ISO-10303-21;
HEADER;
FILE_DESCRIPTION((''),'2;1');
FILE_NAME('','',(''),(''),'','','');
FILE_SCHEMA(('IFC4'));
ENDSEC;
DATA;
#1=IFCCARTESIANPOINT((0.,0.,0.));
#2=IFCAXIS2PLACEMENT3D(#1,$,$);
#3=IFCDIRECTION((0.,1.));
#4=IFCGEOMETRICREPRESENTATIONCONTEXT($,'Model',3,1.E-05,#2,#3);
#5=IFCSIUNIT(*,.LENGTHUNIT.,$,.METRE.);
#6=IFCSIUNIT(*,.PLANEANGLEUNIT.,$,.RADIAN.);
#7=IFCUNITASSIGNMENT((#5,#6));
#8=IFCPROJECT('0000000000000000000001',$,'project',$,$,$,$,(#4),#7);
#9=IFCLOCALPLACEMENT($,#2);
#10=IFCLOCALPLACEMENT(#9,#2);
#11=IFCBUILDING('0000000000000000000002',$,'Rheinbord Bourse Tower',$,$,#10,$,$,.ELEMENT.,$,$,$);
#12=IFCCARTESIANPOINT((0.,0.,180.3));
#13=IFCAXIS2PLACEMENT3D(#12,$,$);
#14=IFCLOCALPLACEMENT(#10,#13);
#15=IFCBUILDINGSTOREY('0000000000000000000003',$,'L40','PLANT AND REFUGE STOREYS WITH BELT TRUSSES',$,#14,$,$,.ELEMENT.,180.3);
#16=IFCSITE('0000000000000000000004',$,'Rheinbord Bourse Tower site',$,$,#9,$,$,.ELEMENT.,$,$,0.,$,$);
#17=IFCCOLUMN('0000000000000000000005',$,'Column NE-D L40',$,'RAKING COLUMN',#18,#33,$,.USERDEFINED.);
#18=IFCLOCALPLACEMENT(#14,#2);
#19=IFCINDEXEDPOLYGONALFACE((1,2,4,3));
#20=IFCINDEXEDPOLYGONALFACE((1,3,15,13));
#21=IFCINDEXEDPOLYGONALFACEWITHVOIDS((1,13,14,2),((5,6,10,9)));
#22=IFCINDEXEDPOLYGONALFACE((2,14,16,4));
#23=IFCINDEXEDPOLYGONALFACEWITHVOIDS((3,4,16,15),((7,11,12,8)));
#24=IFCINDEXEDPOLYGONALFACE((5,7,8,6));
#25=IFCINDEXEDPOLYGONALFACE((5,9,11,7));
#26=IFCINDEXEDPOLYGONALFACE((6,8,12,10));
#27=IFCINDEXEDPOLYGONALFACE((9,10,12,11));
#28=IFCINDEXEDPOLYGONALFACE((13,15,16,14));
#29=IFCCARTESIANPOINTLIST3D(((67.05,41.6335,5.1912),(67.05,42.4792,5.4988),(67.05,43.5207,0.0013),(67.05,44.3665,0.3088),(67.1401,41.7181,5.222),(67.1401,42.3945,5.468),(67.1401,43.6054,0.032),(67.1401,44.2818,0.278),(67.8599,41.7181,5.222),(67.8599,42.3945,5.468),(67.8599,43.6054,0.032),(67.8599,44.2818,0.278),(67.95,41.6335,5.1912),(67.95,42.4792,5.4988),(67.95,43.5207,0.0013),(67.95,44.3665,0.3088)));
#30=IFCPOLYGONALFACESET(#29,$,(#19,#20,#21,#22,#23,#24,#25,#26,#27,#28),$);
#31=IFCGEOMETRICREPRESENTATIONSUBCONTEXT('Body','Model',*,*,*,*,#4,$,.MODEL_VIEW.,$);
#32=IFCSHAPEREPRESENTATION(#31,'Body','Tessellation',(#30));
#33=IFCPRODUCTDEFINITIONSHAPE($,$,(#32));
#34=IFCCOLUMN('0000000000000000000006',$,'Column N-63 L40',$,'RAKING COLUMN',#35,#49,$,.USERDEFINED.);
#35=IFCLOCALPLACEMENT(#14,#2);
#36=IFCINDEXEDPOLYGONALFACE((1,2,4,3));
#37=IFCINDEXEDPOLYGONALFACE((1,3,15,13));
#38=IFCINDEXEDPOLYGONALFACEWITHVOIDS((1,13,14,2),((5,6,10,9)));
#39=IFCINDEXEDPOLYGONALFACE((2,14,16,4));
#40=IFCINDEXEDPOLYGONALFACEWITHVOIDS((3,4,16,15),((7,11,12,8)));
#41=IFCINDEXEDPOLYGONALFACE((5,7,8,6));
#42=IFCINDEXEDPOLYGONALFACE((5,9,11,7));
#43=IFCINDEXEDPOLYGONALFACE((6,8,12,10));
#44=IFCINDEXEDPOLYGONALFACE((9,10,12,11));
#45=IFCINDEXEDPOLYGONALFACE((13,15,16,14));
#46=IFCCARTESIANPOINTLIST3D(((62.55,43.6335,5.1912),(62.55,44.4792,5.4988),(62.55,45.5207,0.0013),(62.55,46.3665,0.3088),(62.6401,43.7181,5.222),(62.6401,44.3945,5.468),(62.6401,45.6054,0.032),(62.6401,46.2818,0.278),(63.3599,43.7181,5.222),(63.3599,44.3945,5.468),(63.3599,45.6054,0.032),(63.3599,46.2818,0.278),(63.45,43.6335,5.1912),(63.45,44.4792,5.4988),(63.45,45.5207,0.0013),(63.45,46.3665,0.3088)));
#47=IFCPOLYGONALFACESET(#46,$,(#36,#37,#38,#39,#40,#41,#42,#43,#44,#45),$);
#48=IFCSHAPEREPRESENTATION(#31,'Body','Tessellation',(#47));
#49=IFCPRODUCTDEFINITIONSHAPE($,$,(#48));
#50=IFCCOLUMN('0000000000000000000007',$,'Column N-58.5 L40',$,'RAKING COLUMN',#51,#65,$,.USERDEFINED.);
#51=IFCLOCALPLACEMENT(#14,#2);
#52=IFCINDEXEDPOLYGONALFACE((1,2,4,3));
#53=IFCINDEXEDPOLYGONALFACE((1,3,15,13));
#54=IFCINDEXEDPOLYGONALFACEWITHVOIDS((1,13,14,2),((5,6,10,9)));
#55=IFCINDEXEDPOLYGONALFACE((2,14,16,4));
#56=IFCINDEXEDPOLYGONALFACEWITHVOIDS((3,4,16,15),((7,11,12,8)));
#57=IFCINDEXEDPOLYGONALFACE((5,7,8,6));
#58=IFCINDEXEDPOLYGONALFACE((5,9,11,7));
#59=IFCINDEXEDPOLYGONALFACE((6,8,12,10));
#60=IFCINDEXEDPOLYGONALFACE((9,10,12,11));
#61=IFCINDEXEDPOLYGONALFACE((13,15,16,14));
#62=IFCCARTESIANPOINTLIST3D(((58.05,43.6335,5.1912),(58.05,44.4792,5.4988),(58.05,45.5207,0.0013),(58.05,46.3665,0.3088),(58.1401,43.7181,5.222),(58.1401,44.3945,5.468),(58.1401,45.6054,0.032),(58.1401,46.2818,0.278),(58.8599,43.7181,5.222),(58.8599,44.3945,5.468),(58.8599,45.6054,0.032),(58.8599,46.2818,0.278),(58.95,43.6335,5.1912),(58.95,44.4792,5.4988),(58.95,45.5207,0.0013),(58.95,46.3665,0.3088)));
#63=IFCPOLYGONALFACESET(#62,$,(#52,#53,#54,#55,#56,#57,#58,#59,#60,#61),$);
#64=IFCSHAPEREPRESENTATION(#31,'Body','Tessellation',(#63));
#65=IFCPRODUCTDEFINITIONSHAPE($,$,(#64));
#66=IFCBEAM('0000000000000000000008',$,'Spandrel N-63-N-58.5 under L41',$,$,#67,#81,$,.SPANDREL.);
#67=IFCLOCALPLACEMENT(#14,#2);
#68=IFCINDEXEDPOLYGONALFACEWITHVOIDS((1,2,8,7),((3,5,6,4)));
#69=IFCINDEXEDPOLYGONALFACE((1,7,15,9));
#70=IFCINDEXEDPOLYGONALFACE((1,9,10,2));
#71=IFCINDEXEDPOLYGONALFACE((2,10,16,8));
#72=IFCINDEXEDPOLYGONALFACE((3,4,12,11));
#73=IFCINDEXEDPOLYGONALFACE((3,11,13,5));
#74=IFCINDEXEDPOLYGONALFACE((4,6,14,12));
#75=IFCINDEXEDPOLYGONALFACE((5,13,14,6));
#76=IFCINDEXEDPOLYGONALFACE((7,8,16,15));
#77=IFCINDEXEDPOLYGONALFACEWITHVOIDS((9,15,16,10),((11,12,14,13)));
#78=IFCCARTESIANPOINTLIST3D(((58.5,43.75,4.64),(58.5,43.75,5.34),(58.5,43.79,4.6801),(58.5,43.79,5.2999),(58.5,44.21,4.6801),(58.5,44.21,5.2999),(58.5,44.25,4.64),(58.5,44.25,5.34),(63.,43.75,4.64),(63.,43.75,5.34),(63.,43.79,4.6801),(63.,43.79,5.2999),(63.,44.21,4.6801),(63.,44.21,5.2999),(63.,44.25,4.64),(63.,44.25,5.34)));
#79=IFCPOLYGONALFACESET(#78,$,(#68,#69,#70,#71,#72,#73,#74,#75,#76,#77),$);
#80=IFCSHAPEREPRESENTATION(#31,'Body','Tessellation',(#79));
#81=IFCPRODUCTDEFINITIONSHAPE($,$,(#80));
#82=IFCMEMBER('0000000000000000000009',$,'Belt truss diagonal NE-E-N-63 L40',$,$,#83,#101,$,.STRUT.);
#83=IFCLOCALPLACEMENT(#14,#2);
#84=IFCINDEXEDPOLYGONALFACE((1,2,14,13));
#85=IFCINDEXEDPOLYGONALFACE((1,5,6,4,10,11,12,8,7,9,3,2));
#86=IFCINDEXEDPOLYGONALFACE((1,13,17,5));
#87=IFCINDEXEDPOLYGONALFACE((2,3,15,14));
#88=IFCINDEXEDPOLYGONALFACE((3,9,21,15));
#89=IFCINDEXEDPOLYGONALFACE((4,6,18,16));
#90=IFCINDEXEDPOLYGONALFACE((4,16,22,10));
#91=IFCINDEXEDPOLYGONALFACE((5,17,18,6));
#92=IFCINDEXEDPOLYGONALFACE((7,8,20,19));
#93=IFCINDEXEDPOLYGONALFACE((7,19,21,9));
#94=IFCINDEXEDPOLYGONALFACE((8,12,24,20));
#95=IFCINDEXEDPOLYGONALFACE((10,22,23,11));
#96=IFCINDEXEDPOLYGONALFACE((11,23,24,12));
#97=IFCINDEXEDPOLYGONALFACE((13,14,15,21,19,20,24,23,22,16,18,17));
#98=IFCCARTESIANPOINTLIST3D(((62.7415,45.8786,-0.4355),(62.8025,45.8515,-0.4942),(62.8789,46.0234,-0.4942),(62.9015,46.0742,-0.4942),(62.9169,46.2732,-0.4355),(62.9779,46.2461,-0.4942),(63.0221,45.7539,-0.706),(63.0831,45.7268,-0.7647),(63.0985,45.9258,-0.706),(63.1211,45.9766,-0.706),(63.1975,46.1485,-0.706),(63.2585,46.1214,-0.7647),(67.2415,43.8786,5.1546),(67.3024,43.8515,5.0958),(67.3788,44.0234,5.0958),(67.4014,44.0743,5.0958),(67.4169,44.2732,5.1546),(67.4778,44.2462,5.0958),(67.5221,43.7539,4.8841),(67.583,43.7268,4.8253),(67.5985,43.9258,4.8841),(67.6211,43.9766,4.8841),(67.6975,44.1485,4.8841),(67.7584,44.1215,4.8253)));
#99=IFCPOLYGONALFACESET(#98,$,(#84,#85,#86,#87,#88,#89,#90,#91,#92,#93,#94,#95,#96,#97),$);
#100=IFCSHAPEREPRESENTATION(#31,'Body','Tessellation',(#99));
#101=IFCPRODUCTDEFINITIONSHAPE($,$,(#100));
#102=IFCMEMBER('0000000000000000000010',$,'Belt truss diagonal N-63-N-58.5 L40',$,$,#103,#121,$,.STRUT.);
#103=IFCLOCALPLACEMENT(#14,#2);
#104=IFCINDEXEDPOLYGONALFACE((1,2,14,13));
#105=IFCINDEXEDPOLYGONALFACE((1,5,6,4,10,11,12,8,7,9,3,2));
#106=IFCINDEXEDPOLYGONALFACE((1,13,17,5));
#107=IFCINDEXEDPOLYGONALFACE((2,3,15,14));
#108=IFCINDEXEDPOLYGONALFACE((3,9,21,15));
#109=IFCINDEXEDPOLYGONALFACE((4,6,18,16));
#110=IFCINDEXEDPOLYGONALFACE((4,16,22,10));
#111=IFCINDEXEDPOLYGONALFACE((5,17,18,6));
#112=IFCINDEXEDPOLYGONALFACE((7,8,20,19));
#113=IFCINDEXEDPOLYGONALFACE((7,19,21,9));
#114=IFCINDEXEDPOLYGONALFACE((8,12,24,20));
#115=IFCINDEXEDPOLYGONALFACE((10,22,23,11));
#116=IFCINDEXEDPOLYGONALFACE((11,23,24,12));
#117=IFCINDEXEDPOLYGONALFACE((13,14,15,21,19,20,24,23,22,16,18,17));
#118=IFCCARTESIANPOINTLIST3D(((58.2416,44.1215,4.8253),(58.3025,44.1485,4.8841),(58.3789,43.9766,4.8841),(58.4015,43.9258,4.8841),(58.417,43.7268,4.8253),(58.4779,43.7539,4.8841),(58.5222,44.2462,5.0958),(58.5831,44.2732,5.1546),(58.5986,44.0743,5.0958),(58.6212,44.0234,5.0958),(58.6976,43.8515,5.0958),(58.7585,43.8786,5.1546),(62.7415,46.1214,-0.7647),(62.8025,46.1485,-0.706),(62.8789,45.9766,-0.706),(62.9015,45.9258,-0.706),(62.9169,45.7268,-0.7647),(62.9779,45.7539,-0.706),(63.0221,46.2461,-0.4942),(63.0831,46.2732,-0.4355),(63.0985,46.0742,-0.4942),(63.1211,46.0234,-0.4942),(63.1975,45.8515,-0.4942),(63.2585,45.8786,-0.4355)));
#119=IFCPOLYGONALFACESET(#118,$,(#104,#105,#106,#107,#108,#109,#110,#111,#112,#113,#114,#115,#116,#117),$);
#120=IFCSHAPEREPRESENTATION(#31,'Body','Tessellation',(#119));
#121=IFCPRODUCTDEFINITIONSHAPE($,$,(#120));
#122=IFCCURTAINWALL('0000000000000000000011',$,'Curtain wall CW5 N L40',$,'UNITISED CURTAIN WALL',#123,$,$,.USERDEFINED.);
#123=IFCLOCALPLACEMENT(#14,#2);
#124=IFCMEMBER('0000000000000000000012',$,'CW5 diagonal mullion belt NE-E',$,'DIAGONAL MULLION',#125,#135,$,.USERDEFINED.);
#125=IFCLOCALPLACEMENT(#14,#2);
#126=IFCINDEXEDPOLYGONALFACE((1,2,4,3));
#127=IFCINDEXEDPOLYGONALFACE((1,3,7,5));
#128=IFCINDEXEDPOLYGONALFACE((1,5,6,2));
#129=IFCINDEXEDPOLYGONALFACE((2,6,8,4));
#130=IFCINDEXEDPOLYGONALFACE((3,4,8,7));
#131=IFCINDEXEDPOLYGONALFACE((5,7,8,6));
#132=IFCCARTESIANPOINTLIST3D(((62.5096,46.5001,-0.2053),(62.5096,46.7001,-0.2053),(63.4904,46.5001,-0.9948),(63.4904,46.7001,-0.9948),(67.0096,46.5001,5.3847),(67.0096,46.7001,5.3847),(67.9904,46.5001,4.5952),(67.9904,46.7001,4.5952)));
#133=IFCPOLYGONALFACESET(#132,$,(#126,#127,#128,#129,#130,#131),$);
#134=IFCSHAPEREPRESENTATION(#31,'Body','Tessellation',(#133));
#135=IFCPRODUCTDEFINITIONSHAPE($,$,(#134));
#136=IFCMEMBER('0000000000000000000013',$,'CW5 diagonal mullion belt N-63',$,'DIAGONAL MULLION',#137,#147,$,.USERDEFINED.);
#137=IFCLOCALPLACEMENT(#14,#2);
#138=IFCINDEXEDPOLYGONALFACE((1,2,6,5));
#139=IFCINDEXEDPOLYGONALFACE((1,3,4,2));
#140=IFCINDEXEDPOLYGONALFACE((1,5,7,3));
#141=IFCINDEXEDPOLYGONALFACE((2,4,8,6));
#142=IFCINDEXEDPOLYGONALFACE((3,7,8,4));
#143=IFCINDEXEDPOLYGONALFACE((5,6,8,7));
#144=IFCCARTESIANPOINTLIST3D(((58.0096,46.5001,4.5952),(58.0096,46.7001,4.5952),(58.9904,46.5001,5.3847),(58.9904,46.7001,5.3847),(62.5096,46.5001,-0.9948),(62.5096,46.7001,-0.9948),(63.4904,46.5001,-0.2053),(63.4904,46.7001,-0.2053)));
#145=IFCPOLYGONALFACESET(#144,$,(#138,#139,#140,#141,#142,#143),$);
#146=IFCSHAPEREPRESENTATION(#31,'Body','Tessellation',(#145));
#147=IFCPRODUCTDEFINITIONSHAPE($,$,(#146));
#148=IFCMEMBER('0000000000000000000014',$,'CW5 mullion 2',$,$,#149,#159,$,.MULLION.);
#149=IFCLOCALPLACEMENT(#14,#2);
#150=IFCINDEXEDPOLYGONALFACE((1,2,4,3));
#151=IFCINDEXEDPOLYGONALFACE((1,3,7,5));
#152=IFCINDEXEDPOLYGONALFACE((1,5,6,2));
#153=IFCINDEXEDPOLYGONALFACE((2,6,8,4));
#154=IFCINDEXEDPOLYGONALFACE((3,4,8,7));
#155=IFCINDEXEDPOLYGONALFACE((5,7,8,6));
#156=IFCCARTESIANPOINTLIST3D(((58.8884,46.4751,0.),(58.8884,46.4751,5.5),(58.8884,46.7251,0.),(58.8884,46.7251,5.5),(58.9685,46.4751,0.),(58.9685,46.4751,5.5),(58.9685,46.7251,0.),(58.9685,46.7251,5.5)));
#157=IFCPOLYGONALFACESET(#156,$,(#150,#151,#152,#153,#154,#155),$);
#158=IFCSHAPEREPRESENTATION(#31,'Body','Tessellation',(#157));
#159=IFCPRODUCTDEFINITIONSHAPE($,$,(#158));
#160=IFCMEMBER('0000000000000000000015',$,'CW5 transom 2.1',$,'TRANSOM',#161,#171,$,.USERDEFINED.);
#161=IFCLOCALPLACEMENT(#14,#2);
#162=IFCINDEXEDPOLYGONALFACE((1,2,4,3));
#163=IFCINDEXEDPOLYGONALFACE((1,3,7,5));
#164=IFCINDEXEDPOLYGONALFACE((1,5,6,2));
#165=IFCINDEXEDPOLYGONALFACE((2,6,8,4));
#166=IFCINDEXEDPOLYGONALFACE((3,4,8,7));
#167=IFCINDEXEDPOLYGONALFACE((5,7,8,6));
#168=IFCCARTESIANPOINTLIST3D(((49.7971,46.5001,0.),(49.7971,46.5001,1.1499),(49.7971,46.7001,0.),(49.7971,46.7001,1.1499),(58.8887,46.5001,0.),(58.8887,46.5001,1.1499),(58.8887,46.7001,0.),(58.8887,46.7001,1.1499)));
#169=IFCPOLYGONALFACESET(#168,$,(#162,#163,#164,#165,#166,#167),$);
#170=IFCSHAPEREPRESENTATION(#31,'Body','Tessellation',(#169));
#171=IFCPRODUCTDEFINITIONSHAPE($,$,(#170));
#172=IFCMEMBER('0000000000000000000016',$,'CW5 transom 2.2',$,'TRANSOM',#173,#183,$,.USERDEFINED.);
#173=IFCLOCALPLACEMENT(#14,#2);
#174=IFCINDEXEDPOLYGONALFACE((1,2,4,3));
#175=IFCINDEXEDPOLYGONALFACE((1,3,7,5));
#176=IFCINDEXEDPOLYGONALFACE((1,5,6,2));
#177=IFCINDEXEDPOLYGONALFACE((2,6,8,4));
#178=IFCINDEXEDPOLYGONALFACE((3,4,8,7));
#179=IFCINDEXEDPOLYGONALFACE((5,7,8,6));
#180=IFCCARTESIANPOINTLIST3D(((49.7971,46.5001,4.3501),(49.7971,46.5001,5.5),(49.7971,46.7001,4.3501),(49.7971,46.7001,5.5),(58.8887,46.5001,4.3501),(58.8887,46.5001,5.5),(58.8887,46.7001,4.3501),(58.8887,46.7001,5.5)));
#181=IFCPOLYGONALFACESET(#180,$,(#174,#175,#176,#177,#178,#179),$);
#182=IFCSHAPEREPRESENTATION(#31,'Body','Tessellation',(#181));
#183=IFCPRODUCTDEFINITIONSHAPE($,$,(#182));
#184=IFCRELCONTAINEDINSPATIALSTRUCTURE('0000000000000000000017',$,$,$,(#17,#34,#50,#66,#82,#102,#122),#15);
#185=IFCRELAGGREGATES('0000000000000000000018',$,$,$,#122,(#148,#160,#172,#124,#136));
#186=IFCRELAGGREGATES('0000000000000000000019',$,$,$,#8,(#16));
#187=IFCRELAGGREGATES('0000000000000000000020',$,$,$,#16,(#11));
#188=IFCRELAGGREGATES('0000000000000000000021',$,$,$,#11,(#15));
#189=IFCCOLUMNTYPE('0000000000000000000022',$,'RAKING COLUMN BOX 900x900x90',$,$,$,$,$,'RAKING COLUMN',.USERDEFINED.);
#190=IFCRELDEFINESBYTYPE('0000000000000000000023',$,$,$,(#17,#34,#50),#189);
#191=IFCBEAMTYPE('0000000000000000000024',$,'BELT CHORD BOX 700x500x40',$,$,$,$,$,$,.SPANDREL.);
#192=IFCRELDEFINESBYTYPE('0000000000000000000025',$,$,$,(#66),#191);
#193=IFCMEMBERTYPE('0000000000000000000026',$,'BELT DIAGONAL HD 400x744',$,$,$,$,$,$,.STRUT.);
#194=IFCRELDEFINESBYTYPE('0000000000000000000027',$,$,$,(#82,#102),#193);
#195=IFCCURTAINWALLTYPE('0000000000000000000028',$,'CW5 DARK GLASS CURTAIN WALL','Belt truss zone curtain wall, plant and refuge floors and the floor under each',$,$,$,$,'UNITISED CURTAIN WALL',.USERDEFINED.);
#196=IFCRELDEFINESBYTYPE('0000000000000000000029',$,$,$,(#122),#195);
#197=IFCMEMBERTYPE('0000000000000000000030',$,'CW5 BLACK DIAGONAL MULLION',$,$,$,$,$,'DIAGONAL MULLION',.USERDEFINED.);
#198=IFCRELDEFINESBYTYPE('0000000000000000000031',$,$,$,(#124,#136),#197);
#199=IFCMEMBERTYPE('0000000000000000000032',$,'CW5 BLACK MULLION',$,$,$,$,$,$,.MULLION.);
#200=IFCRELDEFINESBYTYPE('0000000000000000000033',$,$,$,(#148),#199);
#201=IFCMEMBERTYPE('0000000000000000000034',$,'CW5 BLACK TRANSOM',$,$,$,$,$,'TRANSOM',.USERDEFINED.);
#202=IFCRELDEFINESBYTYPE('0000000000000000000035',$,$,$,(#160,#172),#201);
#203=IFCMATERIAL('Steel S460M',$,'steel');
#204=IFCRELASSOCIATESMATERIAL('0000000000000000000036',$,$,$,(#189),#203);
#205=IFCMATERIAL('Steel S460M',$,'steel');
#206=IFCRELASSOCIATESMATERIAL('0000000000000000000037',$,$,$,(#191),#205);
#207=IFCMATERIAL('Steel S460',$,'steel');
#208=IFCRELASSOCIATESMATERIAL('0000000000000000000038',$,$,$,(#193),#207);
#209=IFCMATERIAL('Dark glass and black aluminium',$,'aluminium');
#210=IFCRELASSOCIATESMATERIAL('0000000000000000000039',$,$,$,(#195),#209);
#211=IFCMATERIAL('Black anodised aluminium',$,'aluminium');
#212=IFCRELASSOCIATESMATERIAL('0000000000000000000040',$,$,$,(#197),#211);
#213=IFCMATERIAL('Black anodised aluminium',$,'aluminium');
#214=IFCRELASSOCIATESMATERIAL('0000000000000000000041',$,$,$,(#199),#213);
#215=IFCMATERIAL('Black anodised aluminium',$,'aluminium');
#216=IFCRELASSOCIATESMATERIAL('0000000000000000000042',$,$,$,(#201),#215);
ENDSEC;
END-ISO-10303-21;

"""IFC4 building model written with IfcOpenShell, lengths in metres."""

from ifc_helpers import new_model, si_unit, direction, frame, origin, origin_2d, place, context, subcontext, project, spatial, rectangle, hollow_rectangle, i_section, extrude, material, material_profile, profile_set, type_object, element, aggregate, save


model = new_model("IFC4")

# Units and contexts
model_context = context("Model", 3, precision=1e-05, world=origin(), true_north=direction((0.0, 1.0)))
body_context = subcontext(model_context, "Body", "Model", "MODEL_VIEW")
ifc_project = project(units=[si_unit("LENGTHUNIT", "METRE"), si_unit("PLANEANGLEUNIT", "RADIAN")], contexts=[model_context])

# Site, building, storey
site_placement = place(None, origin())
site = spatial("IfcSite", under=ifc_project, at=site_placement, Name="Rheinbord Bourse Tower site", CompositionType="ELEMENT", RefElevation=0.0)
building_placement = place(site_placement, origin())
building = spatial("IfcBuilding", under=site, at=building_placement, Name="Rheinbord Bourse Tower", CompositionType="ELEMENT")
storey_placement = place(building_placement, frame((0.0, 0.0, 180.3)))
storey = spatial("IfcBuildingStorey", under=building, at=storey_placement, Name="L40", Description="PLANT AND REFUGE STOREYS WITH BELT TRUSSES", CompositionType="ELEMENT", Elevation=180.3)

# Columns
ifc_material_1 = material(Name="Steel S460M", Category="steel")
ifc_material_profile_1 = material_profile(ifc_material_1, hollow_rectangle(XDim=0.8999, YDim=0.8999, WallThickness=0.0901, at=origin_2d()), Name="BOX 900x900x90")
ifc_profile_set_1 = profile_set([ifc_material_profile_1], Name="Steel S460M")
column_type = type_object("IfcColumnType", Name="RAKING COLUMN BOX 900x900x90", ElementType="RAKING COLUMN", PredefinedType="USERDEFINED", material=ifc_profile_set_1)
for number, where, z_axis, x_axis, name in (
    (1, (67.5, 43.9436, 0.155), (0.0, -0.341743, 0.939793), (0.0, 0.939793, 0.341743), "Column NE-D L40"),
    (2, (63.0, 45.9436, 0.155), (0.0, -0.341743, 0.939793), (0.0, 0.939793, 0.341743), "Column N-63 L40"),
    (3, (58.5, 45.9436, 0.155), (0.0, -0.341743, 0.939793), (0.0, 0.939793, 0.341743), "Column N-58.5 L40"),
):
    element("IfcColumn", number, at=place(storey_placement, frame(where, z_axis=z_axis, x_axis=x_axis)), inside=storey, type_object=column_type, Name=name, ObjectType="RAKING COLUMN", PredefinedType="USERDEFINED", context=body_context, shape_type="SweptSolid", body=[
        extrude(hollow_rectangle(XDim=0.8999, YDim=0.8999, WallThickness=0.0901, at=origin_2d()), origin(), (0.0, 0.0, 1.0), 5.5225),
    ])

# Beam
ifc_material_2 = material(Name="Steel S460M", Category="steel")
ifc_material_profile_2 = material_profile(ifc_material_2, hollow_rectangle(XDim=0.5, YDim=0.7, WallThickness=0.04, at=origin_2d()), Name="BOX 700x500x40")
ifc_profile_set_2 = profile_set([ifc_material_profile_2], Name="Steel S460M")
beam_type_1 = type_object("IfcBeamType", Name="BELT CHORD BOX 700x500x40", PredefinedType="SPANDREL", material=ifc_profile_set_2)
beam_1_placement = place(storey_placement, frame((63.0, 44.0, 4.99), z_axis=(-1.0, 0.0, 0.0), x_axis=(0.0, -1.0, 0.0)))
element("IfcBeam", 4, at=beam_1_placement, inside=storey, type_object=beam_type_1, Name="Spandrel N-63-N-58.5 under L41", PredefinedType="SPANDREL", context=body_context, shape_type="SweptSolid", body=[
    extrude(hollow_rectangle(XDim=0.5, YDim=0.7, WallThickness=0.04, at=origin_2d()), origin(), (0.0, 0.0, 1.0), 4.5),
])

# Members
ifc_material_3 = material(Name="Steel S460", Category="steel")
ifc_material_profile_3 = material_profile(ifc_material_3, i_section(OverallWidth=0.4319, OverallDepth=0.498, WebThickness=0.0557, FlangeThickness=0.0889, at=origin_2d()), Name="HD 400x744")
ifc_profile_set_3 = profile_set([ifc_material_profile_3], Name="Steel S460")
member_type_1 = type_object("IfcMemberType", Name="BELT DIAGONAL HD 400x744", PredefinedType="STRUT", material=ifc_profile_set_3)
for number, where, z_axis, x_axis, name in (
    (5, (63.0, 46.0, -0.6001), (0.604045, -0.268465, 0.75037), (0.406138, 0.913812, 0.0), "Belt truss diagonal NE-E-N-63 L40"),
    (6, (63.0, 46.0, -0.6001), (-0.604045, -0.268465, 0.75037), (0.406138, -0.913812, 0.0), "Belt truss diagonal N-63-N-58.5 L40"),
):
    element("IfcMember", number, at=place(storey_placement, frame(where, z_axis=z_axis, x_axis=x_axis)), inside=storey, type_object=member_type_1, Name=name, PredefinedType="STRUT", context=body_context, shape_type="SweptSolid", body=[
        extrude(i_section(OverallWidth=0.4319, OverallDepth=0.498, WebThickness=0.0557, FlangeThickness=0.0889, at=origin_2d()), origin(), (0.0, 0.0, 1.0), 7.4497),
    ])

# Curtain wall, members
ifc_material_4 = material(Name="Dark glass and black aluminium", Category="aluminium")
curtain_wall_type = type_object("IfcCurtainWallType", Name="CW5 DARK GLASS CURTAIN WALL", Description="Belt truss zone curtain wall, plant and refuge floors and the floor under each", ElementType="UNITISED CURTAIN WALL", PredefinedType="USERDEFINED", material=ifc_material_4)
curtain_wall_placement = place(storey_placement, origin())
curtain_wall = element("IfcCurtainWall", 7, at=curtain_wall_placement, inside=storey, type_object=curtain_wall_type, Name="Curtain wall CW5 N L40", ObjectType="UNITISED CURTAIN WALL", PredefinedType="USERDEFINED")
ifc_material_5 = material(Name="Black anodised aluminium", Category="aluminium")
ifc_material_profile_4 = material_profile(ifc_material_5, rectangle(XDim=0.2, YDim=1.259, at=origin_2d()), Name="CW5 DIAGONAL MULLION 1259x200")
ifc_profile_set_4 = profile_set([ifc_material_profile_4], Name="Black anodised aluminium")
member_type_2 = type_object("IfcMemberType", Name="CW5 BLACK DIAGONAL MULLION", ElementType="DIAGONAL MULLION", PredefinedType="USERDEFINED", material=ifc_profile_set_4)
member_1_placement = place(storey_placement, frame((63.0, 46.6001, -0.6001), z_axis=(0.627065, 0.0, 0.778967), x_axis=(0.0, 1.0, 0.0)))
member_1 = element("IfcMember", 8, at=member_1_placement, type_object=member_type_2, Name="CW5 diagonal mullion belt NE-E", ObjectType="DIAGONAL MULLION", PredefinedType="USERDEFINED", context=body_context, shape_type="SweptSolid", body=[
    extrude(rectangle(XDim=0.2, YDim=1.259, at=origin_2d()), origin(), (0.0, 0.0, 1.0), 7.1763),
])
member_2_placement = place(storey_placement, frame((63.0, 46.6001, -0.6001), z_axis=(-0.627065, 0.0, 0.778967), x_axis=(0.0, -1.0, 0.0)))
member_2 = element("IfcMember", 9, at=member_2_placement, type_object=member_type_2, Name="CW5 diagonal mullion belt N-63", ObjectType="DIAGONAL MULLION", PredefinedType="USERDEFINED", context=body_context, shape_type="SweptSolid", body=[
    extrude(rectangle(XDim=0.2, YDim=1.259, at=origin_2d()), origin(), (0.0, 0.0, 1.0), 7.1763),
])
ifc_material_6 = material(Name="Black anodised aluminium", Category="aluminium")
ifc_material_profile_5 = material_profile(ifc_material_6, rectangle(XDim=0.25, YDim=0.0801, at=origin_2d()), Name="CW5 MULLION 80x250")
ifc_profile_set_5 = profile_set([ifc_material_profile_5], Name="Black anodised aluminium")
member_type_3 = type_object("IfcMemberType", Name="CW5 BLACK MULLION", PredefinedType="MULLION", material=ifc_profile_set_5)
member_3_placement = place(storey_placement, frame((58.9285, 46.6001, 0.0), z_axis=(0.0, 0.0, 1.0), x_axis=(0.0, -1.0, 0.0)))
member_3 = element("IfcMember", 10, at=member_3_placement, type_object=member_type_3, Name="CW5 mullion 2", PredefinedType="MULLION", context=body_context, shape_type="SweptSolid", body=[
    extrude(rectangle(XDim=0.25, YDim=0.0801, at=origin_2d()), origin(), (0.0, 0.0, 1.0), 5.5),
])
ifc_material_7 = material(Name="Black anodised aluminium", Category="aluminium")
ifc_material_profile_6 = material_profile(ifc_material_7, rectangle(XDim=0.2, YDim=1.1499, at=origin_2d()), Name="CW5 TRANSOM 1150x200")
ifc_profile_set_6 = profile_set([ifc_material_profile_6], Name="Black anodised aluminium")
member_type_4 = type_object("IfcMemberType", Name="CW5 BLACK TRANSOM", ElementType="TRANSOM", PredefinedType="USERDEFINED", material=ifc_profile_set_6)
member_4_placement = place(storey_placement, frame((58.8887, 46.6001, 0.575), z_axis=(-1.0, 0.0, 0.0), x_axis=(0.0, -1.0, 0.0)))
member_4 = element("IfcMember", 11, at=member_4_placement, type_object=member_type_4, Name="CW5 transom 2.1", ObjectType="TRANSOM", PredefinedType="USERDEFINED", context=body_context, shape_type="SweptSolid", body=[
    extrude(rectangle(XDim=0.2, YDim=1.1499, at=origin_2d()), origin(), (0.0, 0.0, 1.0), 9.0916),
])
member_5_placement = place(storey_placement, frame((58.8887, 46.6001, 4.925), z_axis=(-1.0, 0.0, 0.0), x_axis=(0.0, -1.0, 0.0)))
member_5 = element("IfcMember", 12, at=member_5_placement, type_object=member_type_4, Name="CW5 transom 2.2", ObjectType="TRANSOM", PredefinedType="USERDEFINED", context=body_context, shape_type="SweptSolid", body=[
    extrude(rectangle(XDim=0.2, YDim=1.1499, at=origin_2d()), origin(), (0.0, 0.0, 1.0), 9.0916),
])

aggregate(curtain_wall, [member_3, member_4, member_5, member_1, member_2])

save(model, "model.ifc")
